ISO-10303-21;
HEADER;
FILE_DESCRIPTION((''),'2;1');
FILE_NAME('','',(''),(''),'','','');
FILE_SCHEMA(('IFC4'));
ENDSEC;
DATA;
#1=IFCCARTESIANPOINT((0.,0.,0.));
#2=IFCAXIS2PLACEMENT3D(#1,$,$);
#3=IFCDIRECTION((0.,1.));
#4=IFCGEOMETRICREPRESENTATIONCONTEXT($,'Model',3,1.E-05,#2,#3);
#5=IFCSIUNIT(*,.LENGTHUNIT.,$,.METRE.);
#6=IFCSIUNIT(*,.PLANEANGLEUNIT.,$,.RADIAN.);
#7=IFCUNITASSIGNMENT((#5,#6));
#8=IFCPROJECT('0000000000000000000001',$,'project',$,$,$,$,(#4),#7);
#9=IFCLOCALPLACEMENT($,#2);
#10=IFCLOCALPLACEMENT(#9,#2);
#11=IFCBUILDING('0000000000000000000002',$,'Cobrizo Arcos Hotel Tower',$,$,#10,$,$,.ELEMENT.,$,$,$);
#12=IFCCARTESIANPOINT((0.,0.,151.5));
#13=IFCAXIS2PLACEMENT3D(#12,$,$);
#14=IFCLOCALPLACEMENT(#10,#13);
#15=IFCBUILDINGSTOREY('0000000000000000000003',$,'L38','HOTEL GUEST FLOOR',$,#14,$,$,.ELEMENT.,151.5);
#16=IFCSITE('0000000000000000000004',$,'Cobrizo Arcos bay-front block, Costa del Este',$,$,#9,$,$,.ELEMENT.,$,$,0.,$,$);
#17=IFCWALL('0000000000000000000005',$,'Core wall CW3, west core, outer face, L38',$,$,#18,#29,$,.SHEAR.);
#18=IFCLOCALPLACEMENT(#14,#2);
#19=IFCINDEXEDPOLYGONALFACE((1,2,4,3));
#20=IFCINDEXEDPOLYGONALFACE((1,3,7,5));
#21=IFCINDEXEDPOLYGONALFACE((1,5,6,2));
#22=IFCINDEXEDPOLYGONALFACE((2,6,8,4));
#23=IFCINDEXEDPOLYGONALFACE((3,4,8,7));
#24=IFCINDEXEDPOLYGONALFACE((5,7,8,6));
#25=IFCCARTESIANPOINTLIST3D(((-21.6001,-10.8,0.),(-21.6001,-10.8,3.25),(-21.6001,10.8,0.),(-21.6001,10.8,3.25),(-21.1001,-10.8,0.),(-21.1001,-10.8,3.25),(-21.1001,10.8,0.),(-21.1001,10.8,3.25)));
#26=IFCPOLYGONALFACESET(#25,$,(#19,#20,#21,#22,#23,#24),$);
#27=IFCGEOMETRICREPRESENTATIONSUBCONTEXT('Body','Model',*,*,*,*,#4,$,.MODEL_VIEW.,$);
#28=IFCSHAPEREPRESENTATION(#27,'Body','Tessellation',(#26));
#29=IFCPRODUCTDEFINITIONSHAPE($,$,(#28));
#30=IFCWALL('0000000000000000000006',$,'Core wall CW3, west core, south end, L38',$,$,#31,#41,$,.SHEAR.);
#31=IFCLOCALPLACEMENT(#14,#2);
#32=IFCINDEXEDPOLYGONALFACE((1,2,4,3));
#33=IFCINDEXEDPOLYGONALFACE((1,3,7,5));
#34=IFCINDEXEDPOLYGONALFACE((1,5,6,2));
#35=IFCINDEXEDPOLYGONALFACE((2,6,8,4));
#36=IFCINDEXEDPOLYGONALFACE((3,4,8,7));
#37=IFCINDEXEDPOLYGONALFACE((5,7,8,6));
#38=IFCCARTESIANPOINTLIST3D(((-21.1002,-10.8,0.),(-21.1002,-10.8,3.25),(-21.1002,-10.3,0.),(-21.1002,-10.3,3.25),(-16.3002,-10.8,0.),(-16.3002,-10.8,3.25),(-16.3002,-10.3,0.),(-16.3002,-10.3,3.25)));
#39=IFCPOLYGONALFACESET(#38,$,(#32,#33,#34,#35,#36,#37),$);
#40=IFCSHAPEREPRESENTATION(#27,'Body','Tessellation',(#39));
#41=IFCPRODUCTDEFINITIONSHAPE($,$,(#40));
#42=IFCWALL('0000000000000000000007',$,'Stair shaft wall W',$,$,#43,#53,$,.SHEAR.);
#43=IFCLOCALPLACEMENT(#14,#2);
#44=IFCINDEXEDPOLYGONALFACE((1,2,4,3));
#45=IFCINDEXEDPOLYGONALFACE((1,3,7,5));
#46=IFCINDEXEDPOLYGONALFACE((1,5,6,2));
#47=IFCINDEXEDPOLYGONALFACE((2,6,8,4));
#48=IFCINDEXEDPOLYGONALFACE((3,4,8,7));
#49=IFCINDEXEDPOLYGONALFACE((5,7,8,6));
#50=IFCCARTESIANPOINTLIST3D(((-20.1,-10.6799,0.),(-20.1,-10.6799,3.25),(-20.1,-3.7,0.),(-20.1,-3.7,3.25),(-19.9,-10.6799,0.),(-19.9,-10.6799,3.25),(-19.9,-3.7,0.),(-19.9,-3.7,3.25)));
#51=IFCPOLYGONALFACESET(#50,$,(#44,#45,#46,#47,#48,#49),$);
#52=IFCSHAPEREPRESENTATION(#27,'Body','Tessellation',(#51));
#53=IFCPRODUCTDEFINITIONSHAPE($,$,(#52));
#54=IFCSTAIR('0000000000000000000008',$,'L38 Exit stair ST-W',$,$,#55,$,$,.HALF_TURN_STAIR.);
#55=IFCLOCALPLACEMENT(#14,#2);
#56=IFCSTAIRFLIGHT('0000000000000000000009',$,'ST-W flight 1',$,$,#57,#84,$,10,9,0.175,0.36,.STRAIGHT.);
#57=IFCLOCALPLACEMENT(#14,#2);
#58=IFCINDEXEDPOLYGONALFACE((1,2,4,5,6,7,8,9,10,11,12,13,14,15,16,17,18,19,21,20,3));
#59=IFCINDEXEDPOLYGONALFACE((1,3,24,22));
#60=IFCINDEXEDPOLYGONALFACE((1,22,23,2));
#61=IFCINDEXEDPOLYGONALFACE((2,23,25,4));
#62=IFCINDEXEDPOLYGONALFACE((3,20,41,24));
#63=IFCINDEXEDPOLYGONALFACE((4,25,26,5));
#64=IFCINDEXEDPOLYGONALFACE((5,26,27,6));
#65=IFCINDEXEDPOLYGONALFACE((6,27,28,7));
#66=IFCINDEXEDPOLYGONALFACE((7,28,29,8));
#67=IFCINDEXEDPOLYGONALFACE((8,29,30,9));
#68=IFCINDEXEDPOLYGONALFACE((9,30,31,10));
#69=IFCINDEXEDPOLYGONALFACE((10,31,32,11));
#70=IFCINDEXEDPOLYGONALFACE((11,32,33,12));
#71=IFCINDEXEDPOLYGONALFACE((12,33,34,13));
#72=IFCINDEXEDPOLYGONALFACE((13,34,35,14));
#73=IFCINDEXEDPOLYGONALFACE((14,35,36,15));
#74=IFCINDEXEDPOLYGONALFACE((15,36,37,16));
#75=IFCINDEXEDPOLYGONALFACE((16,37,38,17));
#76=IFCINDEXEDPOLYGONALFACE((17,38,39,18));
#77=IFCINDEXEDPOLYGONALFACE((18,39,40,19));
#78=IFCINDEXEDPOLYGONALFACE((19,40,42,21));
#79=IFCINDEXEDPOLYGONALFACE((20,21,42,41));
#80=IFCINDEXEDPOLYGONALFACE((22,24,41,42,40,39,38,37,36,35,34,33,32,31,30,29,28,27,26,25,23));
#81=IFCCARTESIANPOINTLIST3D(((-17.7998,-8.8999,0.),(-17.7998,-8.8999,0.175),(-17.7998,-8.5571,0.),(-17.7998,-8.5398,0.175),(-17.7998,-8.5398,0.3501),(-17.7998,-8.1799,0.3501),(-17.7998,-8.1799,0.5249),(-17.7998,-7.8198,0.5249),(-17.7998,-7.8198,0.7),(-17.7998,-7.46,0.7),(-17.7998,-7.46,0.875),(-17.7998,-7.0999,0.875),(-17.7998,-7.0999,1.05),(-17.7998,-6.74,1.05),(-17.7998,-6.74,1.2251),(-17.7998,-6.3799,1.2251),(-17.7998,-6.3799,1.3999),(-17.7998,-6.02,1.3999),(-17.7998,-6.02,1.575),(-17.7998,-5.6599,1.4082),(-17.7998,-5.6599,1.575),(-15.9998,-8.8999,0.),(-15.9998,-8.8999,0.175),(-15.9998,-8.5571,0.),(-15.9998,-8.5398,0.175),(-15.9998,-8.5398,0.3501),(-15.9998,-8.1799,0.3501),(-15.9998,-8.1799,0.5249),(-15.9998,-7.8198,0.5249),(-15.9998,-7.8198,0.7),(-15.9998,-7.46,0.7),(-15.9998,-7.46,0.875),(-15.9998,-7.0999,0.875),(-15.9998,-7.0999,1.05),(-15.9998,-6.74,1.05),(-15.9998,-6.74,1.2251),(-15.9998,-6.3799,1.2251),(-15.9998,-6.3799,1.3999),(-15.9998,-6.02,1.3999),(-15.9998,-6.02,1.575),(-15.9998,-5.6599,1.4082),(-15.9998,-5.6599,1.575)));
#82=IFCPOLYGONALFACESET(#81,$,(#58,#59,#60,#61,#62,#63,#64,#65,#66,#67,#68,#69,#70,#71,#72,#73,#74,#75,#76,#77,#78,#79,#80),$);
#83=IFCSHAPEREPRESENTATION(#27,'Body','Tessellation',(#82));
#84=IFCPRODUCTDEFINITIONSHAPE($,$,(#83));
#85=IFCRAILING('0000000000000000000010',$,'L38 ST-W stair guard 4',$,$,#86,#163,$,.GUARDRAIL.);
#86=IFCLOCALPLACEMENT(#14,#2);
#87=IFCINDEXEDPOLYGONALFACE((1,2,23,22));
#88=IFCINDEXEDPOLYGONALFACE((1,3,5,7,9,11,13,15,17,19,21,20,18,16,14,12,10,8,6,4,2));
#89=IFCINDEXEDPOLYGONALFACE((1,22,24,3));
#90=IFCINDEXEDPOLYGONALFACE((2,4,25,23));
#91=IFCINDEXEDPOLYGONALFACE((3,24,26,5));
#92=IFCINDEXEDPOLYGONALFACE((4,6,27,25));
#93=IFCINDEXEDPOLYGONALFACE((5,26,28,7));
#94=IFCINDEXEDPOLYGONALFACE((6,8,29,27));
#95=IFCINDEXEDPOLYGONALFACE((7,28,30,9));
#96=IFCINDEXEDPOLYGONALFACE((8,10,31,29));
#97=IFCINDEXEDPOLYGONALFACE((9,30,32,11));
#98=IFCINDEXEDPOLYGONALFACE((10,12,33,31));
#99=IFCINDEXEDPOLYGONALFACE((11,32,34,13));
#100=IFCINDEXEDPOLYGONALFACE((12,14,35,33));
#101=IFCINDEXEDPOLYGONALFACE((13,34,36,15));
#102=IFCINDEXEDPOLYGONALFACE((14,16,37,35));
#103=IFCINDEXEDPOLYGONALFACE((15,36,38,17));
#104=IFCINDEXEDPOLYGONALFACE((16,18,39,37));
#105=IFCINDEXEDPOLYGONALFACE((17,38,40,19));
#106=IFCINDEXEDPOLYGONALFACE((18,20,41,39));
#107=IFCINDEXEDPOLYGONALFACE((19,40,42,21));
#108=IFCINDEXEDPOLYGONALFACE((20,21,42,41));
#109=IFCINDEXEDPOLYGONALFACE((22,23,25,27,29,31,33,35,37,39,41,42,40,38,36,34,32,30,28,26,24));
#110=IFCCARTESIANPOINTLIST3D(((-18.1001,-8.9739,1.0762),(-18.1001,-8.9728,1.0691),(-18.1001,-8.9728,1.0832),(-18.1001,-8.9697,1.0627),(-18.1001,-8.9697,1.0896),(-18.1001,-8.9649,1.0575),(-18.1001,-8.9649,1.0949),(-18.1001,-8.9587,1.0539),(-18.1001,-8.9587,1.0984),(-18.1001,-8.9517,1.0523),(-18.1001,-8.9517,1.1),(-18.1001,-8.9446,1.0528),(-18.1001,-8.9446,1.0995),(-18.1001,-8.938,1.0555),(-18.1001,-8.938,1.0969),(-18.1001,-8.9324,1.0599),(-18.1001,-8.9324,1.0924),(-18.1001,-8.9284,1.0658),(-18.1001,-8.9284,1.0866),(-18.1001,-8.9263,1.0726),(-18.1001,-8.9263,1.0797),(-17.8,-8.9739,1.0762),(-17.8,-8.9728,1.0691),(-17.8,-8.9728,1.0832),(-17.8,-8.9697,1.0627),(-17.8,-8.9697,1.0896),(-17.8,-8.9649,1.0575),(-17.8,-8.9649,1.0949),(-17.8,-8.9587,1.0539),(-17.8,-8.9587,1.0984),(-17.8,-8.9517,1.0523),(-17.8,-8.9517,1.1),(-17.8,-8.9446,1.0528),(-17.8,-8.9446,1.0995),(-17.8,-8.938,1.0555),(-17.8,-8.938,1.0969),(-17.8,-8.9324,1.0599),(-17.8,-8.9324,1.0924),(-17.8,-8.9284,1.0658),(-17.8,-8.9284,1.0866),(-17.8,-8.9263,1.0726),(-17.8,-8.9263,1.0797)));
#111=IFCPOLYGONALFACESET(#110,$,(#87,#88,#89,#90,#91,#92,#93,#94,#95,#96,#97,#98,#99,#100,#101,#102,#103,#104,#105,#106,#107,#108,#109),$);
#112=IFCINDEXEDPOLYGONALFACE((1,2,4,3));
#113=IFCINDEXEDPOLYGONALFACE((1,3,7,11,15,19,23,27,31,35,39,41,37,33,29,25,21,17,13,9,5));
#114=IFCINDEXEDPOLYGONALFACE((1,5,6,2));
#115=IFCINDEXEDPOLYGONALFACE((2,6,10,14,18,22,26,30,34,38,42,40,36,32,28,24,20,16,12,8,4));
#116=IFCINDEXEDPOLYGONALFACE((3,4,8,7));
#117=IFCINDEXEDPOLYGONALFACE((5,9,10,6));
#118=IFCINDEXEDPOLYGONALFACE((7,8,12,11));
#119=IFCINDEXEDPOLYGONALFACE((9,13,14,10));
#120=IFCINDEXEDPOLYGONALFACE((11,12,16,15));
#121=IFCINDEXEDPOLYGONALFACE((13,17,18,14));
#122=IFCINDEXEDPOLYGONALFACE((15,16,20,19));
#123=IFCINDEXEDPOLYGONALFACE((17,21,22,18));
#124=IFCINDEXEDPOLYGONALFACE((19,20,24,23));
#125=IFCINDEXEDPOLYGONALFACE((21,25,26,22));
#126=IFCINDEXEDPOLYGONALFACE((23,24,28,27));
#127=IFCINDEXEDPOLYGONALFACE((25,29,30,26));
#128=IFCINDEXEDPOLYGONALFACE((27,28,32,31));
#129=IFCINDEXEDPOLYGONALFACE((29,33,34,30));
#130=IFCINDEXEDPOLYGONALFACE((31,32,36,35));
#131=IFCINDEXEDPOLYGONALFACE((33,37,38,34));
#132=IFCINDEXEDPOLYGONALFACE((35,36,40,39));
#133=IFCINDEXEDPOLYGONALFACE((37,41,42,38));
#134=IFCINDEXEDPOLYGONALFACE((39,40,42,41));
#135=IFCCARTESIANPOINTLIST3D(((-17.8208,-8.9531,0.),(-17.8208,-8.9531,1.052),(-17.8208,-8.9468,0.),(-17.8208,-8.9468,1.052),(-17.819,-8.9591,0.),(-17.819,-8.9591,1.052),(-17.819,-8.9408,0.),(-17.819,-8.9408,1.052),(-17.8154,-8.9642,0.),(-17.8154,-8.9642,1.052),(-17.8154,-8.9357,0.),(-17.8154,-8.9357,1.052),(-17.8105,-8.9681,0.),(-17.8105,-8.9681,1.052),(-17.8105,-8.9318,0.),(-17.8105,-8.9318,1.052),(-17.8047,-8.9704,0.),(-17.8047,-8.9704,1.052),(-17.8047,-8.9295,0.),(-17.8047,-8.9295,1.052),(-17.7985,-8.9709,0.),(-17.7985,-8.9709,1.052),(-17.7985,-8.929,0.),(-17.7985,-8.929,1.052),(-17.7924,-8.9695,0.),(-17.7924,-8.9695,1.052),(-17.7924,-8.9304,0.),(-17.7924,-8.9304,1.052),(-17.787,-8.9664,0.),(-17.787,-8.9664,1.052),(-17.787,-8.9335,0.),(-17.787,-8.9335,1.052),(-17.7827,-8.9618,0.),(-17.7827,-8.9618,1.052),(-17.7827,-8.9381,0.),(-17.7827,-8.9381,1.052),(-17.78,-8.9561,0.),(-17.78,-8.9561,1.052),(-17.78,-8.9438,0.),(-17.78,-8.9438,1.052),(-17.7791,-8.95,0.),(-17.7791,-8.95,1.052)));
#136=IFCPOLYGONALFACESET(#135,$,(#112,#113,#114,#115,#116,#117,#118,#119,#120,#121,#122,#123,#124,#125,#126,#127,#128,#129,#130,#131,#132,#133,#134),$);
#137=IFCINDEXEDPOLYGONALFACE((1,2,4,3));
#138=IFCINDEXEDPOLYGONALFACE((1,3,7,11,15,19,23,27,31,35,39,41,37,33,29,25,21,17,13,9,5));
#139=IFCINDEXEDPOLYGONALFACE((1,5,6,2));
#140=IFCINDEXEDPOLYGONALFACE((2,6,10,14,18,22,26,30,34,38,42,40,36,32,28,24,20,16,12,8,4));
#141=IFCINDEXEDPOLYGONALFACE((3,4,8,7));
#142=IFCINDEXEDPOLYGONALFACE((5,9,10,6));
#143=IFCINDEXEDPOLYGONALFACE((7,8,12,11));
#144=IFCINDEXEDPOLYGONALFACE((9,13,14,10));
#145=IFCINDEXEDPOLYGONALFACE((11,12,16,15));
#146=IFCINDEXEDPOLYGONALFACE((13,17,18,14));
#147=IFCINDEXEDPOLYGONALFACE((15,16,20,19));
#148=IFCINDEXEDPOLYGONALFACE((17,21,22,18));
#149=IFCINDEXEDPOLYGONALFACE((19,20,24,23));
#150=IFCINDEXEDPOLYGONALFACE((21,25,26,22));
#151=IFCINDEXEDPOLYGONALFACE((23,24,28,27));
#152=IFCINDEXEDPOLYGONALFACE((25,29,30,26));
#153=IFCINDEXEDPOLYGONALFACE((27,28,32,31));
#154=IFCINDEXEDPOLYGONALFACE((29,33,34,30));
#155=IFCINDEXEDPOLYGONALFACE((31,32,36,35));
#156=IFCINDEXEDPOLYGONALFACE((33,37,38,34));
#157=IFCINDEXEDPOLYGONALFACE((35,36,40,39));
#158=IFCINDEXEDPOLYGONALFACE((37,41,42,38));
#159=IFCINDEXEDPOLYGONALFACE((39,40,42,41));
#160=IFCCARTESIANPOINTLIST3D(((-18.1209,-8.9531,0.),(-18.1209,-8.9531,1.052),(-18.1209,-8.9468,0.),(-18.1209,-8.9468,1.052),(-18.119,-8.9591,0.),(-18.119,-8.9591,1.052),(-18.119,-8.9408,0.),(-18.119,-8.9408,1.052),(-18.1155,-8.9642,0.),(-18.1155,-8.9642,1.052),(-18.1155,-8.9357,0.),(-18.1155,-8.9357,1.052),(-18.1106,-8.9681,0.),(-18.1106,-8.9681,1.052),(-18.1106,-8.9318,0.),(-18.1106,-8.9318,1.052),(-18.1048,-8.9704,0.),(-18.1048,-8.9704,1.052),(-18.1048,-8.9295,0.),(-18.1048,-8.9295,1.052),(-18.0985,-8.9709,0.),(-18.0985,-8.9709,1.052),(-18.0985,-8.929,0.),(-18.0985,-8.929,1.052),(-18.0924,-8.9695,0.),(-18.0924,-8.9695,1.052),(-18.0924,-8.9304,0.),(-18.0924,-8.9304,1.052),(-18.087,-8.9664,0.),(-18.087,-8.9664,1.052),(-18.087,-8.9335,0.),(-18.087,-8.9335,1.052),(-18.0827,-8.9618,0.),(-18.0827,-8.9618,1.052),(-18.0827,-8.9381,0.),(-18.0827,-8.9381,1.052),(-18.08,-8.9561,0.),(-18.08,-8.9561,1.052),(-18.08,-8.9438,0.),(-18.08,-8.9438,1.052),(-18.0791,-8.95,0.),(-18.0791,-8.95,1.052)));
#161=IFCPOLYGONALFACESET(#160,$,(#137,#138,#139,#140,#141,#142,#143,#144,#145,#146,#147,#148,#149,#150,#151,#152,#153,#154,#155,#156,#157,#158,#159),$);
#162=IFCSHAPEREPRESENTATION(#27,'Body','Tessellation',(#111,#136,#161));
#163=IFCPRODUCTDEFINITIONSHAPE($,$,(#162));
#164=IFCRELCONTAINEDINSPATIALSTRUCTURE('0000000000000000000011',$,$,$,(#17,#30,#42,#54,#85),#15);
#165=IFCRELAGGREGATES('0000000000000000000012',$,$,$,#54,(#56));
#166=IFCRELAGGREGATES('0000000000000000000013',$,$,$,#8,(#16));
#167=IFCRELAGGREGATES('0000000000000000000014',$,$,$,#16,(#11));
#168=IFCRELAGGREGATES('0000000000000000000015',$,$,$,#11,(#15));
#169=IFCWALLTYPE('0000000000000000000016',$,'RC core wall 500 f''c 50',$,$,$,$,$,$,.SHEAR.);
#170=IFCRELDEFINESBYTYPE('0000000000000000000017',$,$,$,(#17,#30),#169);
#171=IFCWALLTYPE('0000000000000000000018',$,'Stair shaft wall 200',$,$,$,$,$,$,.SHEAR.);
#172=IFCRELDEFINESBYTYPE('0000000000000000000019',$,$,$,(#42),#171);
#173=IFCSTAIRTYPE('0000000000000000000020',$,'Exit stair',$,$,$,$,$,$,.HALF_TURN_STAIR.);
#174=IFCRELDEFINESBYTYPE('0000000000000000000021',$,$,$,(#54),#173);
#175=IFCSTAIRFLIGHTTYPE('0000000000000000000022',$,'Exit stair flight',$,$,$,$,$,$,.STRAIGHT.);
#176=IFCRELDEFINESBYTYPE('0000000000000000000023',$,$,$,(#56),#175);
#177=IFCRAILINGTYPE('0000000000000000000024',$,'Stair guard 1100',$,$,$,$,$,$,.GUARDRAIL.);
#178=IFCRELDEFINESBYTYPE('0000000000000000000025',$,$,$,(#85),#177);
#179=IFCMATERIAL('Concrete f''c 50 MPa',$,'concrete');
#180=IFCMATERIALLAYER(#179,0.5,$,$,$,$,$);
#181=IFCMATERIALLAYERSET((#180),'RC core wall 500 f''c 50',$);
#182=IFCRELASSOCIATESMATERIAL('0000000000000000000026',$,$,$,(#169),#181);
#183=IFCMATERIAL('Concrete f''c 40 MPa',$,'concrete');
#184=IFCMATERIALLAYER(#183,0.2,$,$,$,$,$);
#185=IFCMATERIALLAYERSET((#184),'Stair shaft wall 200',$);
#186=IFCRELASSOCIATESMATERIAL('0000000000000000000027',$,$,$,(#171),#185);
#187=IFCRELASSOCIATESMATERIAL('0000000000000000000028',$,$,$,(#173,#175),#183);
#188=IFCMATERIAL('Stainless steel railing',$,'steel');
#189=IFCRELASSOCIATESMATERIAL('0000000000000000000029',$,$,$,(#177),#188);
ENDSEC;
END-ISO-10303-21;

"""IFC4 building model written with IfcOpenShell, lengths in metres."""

from ifc_helpers import new_model, si_unit, direction, frame, frame_2d, origin, origin_2d, place, context, subcontext, project, spatial, polyline, rectangle, circle, outline, extrude, material, layer, layer_set, type_object, element, aggregate, save


model = new_model("IFC4")

# Units and contexts
model_context = context("Model", 3, precision=1e-05, world=origin(), true_north=direction((0.0, 1.0)))
body_context = subcontext(model_context, "Body", "Model", "MODEL_VIEW")
ifc_project = project(units=[si_unit("LENGTHUNIT", "METRE"), si_unit("PLANEANGLEUNIT", "RADIAN")], contexts=[model_context])

# Site, building, storey
site_placement = place(None, origin())
site = spatial("IfcSite", under=ifc_project, at=site_placement, Name="Cobrizo Arcos bay-front block, Costa del Este", CompositionType="ELEMENT", RefElevation=0.0)
building_placement = place(site_placement, origin())
building = spatial("IfcBuilding", under=site, at=building_placement, Name="Cobrizo Arcos Hotel Tower", CompositionType="ELEMENT")
storey_placement = place(building_placement, frame((0.0, 0.0, 151.5)))
storey = spatial("IfcBuildingStorey", under=building, at=storey_placement, Name="L38", Description="HOTEL GUEST FLOOR", CompositionType="ELEMENT", Elevation=151.5)

# Shared definitions
ifc_material_1 = material(Name="Concrete f'c 50 MPa", Category="concrete")
ifc_layer_1 = layer(ifc_material_1, 0.5)
ifc_layer_set_1 = layer_set([ifc_layer_1], Name="RC core wall 500 f'c 50")
wall_type_1 = type_object("IfcWallType", Name="RC core wall 500 f'c 50", PredefinedType="SHEAR", material=ifc_layer_set_1)

# Walls
wall_1_placement = place(storey_placement, frame((-21.3501, -10.8, 0.0), z_axis=(0.0, 0.0, 1.0), x_axis=(0.0, 1.0, 0.0)))
element("IfcWall", 1, at=wall_1_placement, inside=storey, type_object=wall_type_1, Name="Core wall CW3, west core, outer face, L38", PredefinedType="SHEAR", context=body_context, shape_type="SweptSolid", body=[
    extrude(rectangle(XDim=21.6001, YDim=0.5, at=frame_2d((10.8, 0.0))), origin(), (0.0, 0.0, 1.0), 3.25),
])
wall_2_placement = place(storey_placement, frame((-21.1001, -10.55, 0.0), z_axis=(0.0, 0.0, 1.0), x_axis=(1.0, 0.0, 0.0)))
element("IfcWall", 2, at=wall_2_placement, inside=storey, type_object=wall_type_1, Name="Core wall CW3, west core, south end, L38", PredefinedType="SHEAR", context=body_context, shape_type="SweptSolid", body=[
    extrude(rectangle(XDim=4.8, YDim=0.5, at=frame_2d((2.3999, 0.0))), origin(), (0.0, 0.0, 1.0), 3.25),
])
ifc_material_2 = material(Name="Concrete f'c 40 MPa", Category="concrete")
ifc_layer_2 = layer(ifc_material_2, 0.2)
ifc_layer_set_2 = layer_set([ifc_layer_2], Name="Stair shaft wall 200")
wall_type_2 = type_object("IfcWallType", Name="Stair shaft wall 200", PredefinedType="SHEAR", material=ifc_layer_set_2)
wall_3_placement = place(storey_placement, frame((-20.0, -10.6799, 0.0), z_axis=(0.0, 0.0, 1.0), x_axis=(0.0, 1.0, 0.0)))
element("IfcWall", 3, at=wall_3_placement, inside=storey, type_object=wall_type_2, Name="Stair shaft wall W", PredefinedType="SHEAR", context=body_context, shape_type="SweptSolid", body=[
    extrude(rectangle(XDim=6.98, YDim=0.2, at=frame_2d((3.49, 0.0))), origin(), (0.0, 0.0, 1.0), 3.25),
])

# Stair, stair flight
stair_type = type_object("IfcStairType", Name="Exit stair", PredefinedType="HALF_TURN_STAIR", material=ifc_material_2)
stair_placement = place(storey_placement, origin())
stair = element("IfcStair", 4, at=stair_placement, inside=storey, type_object=stair_type, Name="L38 Exit stair ST-W", PredefinedType="HALF_TURN_STAIR")
stair_flight_type = type_object("IfcStairFlightType", Name="Exit stair flight", PredefinedType="STRAIGHT", material=ifc_material_2)
stair_flight_placement = place(storey_placement, frame((-16.8999, -8.8999, 0.0), z_axis=(0.0, 0.0, 1.0), x_axis=(0.0, 1.0, 0.0)))
stair_flight = element("IfcStairFlight", 5, at=stair_flight_placement, type_object=stair_flight_type, Name="ST-W flight 1", NumberOfRisers=10, NumberOfTreads=9, PredefinedType="STRAIGHT", RiserHeight=0.175, TreadLength=0.36, context=body_context, shape_type="SweptSolid", body=[
    extrude(outline(polyline([(0.0, 0.0), (0.0, 0.175), (0.3601, 0.175), (0.3601, 0.3501), (0.72, 0.3501), (0.72, 0.5249), (1.0801, 0.5249), (1.0801, 0.7), (1.4399, 0.7), (1.4399, 0.875), (1.8, 0.875), (1.8, 1.05), (2.1599, 1.05), (2.1599, 1.2251), (2.52, 1.2251), (2.52, 1.3999), (2.8799, 1.3999), (2.8799, 1.575), (3.24, 1.575), (3.24, 1.75), (3.24, 1.4082), (0.3428, 0.0), (0.0, 0.0)])), frame((0.0, 0.8999, 0.0), z_axis=(0.0, -1.0, 0.0), x_axis=(1.0, 0.0, 0.0)), (0.0, 0.0, 1.0), 1.8),
])
aggregate(stair, [stair_flight])

# Railing
ifc_material_3 = material(Name="Stainless steel railing", Category="steel")
railing_type = type_object("IfcRailingType", Name="Stair guard 1100", PredefinedType="GUARDRAIL", material=ifc_material_3)
railing_placement = place(storey_placement, frame((-17.8, -8.95, 0.0)))
element("IfcRailing", 6, at=railing_placement, inside=storey, type_object=railing_type, Name="L38 ST-W stair guard 4", PredefinedType="GUARDRAIL", context=body_context, shape_type="SweptSolid", body=[
    extrude(circle(Radius=0.0239, at=origin_2d()), frame((0.0, 0.0, 1.0762), z_axis=(-1.0, 0.0, 0.0), x_axis=(0.0, -1.0, 0.0)), (0.0, 0.0, 1.0), 0.3),
    extrude(circle(Radius=0.021, at=origin_2d()), origin(), (0.0, 0.0, 1.0), 1.052),
    extrude(circle(Radius=0.021, at=origin_2d()), frame((-0.3, 0.0, 0.0)), (0.0, 0.0, 1.0), 1.052),
])

save(model, "model.ifc")
